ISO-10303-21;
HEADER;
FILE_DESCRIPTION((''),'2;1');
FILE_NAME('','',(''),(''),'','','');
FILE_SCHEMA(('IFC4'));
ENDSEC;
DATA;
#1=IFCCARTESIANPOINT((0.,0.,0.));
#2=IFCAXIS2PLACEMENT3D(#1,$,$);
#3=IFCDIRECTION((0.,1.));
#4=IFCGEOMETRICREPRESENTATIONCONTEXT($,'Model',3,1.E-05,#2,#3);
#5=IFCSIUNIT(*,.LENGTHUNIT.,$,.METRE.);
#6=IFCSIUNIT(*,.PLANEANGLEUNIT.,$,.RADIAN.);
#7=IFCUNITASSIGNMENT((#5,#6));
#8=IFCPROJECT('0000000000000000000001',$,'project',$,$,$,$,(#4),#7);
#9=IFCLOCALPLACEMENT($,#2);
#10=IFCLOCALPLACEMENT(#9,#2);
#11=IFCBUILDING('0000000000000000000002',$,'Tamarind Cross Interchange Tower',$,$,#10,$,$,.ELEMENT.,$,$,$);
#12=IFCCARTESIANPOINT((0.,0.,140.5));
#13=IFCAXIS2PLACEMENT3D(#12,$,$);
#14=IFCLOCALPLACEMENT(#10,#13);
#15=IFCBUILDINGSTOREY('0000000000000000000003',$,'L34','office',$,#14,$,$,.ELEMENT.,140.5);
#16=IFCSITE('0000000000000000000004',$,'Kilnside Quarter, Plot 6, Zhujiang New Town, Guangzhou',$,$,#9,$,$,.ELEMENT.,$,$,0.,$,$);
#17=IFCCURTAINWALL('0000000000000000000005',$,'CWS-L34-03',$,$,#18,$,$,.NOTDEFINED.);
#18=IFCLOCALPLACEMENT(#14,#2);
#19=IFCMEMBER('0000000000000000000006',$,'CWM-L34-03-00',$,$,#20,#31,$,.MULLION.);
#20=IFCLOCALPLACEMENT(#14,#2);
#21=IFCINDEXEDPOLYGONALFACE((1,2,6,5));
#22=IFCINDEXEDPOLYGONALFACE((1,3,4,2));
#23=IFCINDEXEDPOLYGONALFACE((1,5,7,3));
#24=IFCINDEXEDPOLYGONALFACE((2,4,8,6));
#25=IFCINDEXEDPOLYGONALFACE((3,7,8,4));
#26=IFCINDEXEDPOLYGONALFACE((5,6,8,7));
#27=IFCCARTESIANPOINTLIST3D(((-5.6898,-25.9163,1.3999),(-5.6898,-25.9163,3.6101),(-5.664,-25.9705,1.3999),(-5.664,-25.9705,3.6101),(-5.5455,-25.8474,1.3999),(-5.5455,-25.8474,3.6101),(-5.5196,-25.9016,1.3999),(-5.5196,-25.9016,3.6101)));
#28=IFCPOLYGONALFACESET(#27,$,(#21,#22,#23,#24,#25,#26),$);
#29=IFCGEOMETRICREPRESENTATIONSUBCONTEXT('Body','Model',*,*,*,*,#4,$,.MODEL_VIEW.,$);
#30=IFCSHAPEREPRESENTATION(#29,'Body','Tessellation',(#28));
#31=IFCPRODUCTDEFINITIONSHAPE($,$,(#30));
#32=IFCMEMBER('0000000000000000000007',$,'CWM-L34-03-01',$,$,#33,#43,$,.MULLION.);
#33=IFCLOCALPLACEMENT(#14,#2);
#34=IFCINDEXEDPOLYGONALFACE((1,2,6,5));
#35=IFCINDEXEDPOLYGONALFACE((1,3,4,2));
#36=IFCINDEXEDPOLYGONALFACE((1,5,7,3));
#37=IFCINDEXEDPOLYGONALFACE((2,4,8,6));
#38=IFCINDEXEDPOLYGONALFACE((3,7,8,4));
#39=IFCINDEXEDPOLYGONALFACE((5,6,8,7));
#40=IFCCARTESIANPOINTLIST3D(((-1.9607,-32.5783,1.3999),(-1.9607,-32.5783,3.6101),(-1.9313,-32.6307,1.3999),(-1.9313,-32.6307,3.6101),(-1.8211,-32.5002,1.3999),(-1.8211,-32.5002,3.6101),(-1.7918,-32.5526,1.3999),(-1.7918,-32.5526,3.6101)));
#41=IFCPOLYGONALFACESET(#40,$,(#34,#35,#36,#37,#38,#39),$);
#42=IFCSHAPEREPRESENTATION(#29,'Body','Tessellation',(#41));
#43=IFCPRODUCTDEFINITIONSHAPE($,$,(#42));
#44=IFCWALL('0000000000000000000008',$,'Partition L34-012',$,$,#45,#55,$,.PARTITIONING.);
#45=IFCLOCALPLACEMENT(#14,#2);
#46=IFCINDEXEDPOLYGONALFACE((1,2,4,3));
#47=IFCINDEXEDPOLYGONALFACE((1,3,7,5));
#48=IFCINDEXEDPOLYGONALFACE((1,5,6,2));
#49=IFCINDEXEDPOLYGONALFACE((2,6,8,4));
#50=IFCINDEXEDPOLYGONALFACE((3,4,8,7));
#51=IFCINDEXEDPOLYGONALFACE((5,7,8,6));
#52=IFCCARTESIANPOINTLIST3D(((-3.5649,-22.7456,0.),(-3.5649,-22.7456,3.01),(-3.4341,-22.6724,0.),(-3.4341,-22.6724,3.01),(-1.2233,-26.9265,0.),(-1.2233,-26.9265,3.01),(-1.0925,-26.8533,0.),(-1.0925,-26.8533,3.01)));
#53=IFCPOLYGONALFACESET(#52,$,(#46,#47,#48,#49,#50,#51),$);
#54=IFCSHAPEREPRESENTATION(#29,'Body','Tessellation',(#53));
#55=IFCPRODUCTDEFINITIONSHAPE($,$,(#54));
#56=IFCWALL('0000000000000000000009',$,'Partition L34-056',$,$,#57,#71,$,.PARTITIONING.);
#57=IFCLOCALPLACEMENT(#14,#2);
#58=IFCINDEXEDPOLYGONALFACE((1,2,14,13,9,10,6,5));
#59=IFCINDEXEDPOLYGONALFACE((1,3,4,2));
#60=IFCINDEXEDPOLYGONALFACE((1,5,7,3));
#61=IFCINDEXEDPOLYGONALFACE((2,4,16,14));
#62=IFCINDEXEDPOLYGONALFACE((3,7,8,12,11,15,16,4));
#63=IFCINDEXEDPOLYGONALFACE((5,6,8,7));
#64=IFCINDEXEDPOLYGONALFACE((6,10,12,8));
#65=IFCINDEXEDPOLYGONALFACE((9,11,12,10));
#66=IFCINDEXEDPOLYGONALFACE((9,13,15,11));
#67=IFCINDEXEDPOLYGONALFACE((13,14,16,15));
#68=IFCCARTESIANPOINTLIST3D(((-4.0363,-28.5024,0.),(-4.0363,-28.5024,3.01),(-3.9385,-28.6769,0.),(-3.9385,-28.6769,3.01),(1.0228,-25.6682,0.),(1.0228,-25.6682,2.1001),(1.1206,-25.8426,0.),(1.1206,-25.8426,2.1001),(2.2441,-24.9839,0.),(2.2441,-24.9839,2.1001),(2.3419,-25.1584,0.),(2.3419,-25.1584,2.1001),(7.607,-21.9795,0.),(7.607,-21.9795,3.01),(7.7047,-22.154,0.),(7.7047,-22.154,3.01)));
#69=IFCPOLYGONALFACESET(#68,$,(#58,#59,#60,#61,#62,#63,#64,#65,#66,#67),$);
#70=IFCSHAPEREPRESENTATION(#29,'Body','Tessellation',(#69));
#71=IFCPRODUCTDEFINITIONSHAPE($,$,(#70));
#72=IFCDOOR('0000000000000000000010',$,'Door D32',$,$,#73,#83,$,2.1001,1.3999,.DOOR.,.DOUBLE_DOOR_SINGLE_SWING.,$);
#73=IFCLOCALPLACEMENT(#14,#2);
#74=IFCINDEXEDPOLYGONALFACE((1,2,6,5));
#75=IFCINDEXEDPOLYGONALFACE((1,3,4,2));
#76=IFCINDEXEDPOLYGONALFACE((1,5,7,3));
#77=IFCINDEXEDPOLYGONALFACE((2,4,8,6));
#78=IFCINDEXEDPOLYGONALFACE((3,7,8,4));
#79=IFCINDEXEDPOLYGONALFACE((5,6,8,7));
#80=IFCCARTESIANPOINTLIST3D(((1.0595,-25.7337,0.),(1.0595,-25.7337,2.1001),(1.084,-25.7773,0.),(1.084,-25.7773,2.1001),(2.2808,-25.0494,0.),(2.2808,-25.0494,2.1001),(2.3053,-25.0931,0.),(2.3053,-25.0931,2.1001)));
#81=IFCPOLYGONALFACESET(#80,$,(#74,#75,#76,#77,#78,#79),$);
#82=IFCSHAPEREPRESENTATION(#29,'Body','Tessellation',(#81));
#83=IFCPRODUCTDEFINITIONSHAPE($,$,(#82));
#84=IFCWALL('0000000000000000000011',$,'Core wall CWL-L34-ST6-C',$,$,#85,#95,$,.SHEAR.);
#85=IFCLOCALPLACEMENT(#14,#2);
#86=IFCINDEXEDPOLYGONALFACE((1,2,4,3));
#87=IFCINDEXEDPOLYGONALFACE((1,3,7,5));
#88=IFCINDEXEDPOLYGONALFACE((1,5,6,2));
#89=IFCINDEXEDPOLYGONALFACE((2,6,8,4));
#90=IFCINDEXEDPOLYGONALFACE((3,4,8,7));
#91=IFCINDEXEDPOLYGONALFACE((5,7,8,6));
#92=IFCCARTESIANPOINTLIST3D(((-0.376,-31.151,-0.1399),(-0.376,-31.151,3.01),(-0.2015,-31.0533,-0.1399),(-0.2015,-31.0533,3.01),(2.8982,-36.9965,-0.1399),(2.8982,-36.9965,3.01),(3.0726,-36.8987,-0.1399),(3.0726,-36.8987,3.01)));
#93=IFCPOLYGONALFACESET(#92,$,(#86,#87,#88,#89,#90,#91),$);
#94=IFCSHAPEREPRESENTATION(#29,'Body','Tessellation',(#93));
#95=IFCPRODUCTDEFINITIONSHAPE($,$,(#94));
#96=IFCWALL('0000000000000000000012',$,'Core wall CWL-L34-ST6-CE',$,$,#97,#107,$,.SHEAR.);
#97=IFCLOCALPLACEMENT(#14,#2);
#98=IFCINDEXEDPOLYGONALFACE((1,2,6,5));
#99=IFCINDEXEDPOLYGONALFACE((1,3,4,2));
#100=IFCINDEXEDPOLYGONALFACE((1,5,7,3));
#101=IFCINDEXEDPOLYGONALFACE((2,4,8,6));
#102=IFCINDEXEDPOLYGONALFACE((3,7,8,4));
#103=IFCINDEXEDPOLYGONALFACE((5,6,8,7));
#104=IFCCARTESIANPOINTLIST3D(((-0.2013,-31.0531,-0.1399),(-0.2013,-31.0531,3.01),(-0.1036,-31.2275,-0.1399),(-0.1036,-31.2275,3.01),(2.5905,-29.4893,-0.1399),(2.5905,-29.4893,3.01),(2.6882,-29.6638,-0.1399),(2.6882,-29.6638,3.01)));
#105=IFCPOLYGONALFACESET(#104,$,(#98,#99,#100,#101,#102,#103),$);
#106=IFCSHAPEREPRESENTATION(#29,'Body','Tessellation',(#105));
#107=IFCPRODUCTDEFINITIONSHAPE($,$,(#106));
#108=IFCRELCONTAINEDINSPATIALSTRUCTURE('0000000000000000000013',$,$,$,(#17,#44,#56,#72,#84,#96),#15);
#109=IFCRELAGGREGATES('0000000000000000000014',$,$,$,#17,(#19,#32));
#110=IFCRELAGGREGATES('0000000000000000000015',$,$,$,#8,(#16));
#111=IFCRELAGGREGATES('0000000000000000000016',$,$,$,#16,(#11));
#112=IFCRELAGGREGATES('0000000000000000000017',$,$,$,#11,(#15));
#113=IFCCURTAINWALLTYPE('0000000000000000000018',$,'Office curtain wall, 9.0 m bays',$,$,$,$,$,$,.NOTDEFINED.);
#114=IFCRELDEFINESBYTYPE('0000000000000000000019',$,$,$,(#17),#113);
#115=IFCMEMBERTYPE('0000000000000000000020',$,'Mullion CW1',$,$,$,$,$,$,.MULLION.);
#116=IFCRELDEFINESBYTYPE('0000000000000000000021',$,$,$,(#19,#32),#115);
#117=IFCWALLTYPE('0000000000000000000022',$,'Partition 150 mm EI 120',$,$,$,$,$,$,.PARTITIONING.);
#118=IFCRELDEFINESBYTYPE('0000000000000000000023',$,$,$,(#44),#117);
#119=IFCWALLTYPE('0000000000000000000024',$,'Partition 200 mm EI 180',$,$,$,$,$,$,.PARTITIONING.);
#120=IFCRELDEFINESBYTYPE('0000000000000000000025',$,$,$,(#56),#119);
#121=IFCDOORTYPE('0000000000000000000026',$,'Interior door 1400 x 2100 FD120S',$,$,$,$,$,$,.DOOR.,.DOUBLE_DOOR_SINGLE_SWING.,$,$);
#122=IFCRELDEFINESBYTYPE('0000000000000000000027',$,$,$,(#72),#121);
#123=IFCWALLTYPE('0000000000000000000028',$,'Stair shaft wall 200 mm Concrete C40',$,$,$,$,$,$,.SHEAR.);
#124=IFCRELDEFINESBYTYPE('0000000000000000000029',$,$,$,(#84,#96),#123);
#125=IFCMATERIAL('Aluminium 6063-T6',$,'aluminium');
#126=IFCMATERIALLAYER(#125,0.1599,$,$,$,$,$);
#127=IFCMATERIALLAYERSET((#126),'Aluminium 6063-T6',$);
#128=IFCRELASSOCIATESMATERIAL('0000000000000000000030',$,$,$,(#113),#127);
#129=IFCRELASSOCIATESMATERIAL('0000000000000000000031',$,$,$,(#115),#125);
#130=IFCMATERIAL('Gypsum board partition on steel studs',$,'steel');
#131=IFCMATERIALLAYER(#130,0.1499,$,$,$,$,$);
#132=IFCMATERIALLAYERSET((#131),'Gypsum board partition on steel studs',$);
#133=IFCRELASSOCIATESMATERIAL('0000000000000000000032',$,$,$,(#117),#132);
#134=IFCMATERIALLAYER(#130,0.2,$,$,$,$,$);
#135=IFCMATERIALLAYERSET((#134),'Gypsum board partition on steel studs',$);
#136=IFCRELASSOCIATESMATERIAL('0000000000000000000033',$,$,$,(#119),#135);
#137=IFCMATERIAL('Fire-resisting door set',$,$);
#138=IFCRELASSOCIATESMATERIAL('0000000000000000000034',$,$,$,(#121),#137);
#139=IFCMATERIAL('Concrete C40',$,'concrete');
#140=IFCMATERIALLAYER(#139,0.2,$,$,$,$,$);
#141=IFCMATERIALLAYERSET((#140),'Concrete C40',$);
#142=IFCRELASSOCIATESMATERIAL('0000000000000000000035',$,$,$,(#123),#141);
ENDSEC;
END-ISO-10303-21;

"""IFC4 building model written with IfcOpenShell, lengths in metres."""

from ifc_helpers import new_model, si_unit, direction, frame, frame_2d, origin, origin_2d, place, context, subcontext, project, spatial, rectangle, extrude, material, layer, layer_set, material_profile, profile_set, type_object, element, fill, aggregate, save


model = new_model("IFC4")

# Units and contexts
model_context = context("Model", 3, precision=1e-05, world=origin(), true_north=direction((0.0, 1.0)))
body_context = subcontext(model_context, "Body", "Model", "MODEL_VIEW")
ifc_project = project(units=[si_unit("LENGTHUNIT", "METRE"), si_unit("PLANEANGLEUNIT", "RADIAN")], contexts=[model_context])

# Site, building, storey
site_placement = place(None, origin())
site = spatial("IfcSite", under=ifc_project, at=site_placement, Name="Kilnside Quarter, Plot 6, Zhujiang New Town, Guangzhou", CompositionType="ELEMENT", RefElevation=0.0)
building_placement = place(site_placement, origin())
building = spatial("IfcBuilding", under=site, at=building_placement, Name="Tamarind Cross Interchange Tower", CompositionType="ELEMENT")
storey_placement = place(building_placement, frame((0.0, 0.0, 140.5)))
storey = spatial("IfcBuildingStorey", under=building, at=storey_placement, Name="L34", Description="office", CompositionType="ELEMENT", Elevation=140.5)

# Curtain wall, members
ifc_material_1 = material(Name="Aluminium 6063-T6", Category="aluminium")
ifc_layer_1 = layer(ifc_material_1, 0.1599)
ifc_layer_set_1 = layer_set([ifc_layer_1], Name="Aluminium 6063-T6")
curtain_wall_type = type_object("IfcCurtainWallType", Name="Office curtain wall, 9.0 m bays", PredefinedType="NOTDEFINED", material=ifc_layer_set_1)
curtain_wall_placement = place(storey_placement, origin())
curtain_wall = element("IfcCurtainWall", 1, at=curtain_wall_placement, inside=storey, type_object=curtain_wall_type, Name="CWS-L34-03", PredefinedType="NOTDEFINED")
ifc_material_profile_1 = material_profile(ifc_material_1, rectangle(XDim=0.0601, YDim=0.1599, at=origin_2d()), Name="Mullion CW1")
ifc_profile_set_1 = profile_set([ifc_material_profile_1], Name="Aluminium 6063-T6")
member_type = type_object("IfcMemberType", Name="Mullion CW1", PredefinedType="MULLION", material=ifc_profile_set_1)
member_1_placement = place(storey_placement, frame((-5.6047, -25.9089, 1.3999), z_axis=(0.0, 0.0, 1.0), x_axis=(0.43058, -0.902552, 0.0)))
member_1 = element("IfcMember", 2, at=member_1_placement, type_object=member_type, Name="CWM-L34-03-00", PredefinedType="MULLION", context=body_context, shape_type="SweptSolid", body=[
    extrude(rectangle(XDim=0.0601, YDim=0.1599, at=origin_2d()), origin(), (0.0, 0.0, 1.0), 2.2102),
])
member_2_placement = place(storey_placement, frame((-1.8762, -32.5654, 1.3999), z_axis=(0.0, 0.0, 1.0), x_axis=(0.488688, -0.872458, 0.0)))
member_2 = element("IfcMember", 3, at=member_2_placement, type_object=member_type, Name="CWM-L34-03-01", PredefinedType="MULLION", context=body_context, shape_type="SweptSolid", body=[
    extrude(rectangle(XDim=0.0601, YDim=0.1599, at=origin_2d()), origin(), (0.0, 0.0, 1.0), 2.2102),
])
aggregate(curtain_wall, [member_1, member_2])

# Wall
ifc_material_2 = material(Name="Gypsum board partition on steel studs", Category="steel")
ifc_layer_2 = layer(ifc_material_2, 0.1499)
ifc_layer_set_2 = layer_set([ifc_layer_2], Name="Gypsum board partition on steel studs")
wall_type_1 = type_object("IfcWallType", Name="Partition 150 mm EI 120", PredefinedType="PARTITIONING", material=ifc_layer_set_2)
wall_1_placement = place(storey_placement, frame((-3.4995, -22.709, 0.0), z_axis=(0.0, 0.0, 1.0), x_axis=(0.488642, -0.872484, 0.0)))
element("IfcWall", 4, at=wall_1_placement, inside=storey, type_object=wall_type_1, Name="Partition L34-012", PredefinedType="PARTITIONING", context=body_context, shape_type="SweptSolid", body=[
    extrude(rectangle(XDim=4.792, YDim=0.1499, at=frame_2d((2.396, 0.0))), origin(), (0.0, 0.0, 1.0), 3.01),
])

# Wall, opening, door
ifc_layer_3 = layer(ifc_material_2, 0.2)
ifc_layer_set_3 = layer_set([ifc_layer_3], Name="Gypsum board partition on steel studs")
wall_type_2 = type_object("IfcWallType", Name="Partition 200 mm EI 180", PredefinedType="PARTITIONING", material=ifc_layer_set_3)
wall_2_placement = place(storey_placement, frame((-3.9873, -28.5896, 0.0), z_axis=(0.0, 0.0, 1.0), x_axis=(0.87242, 0.488757, 0.0)))
wall_2 = element("IfcWall", 5, at=wall_2_placement, inside=storey, type_object=wall_type_2, Name="Partition L34-056", PredefinedType="PARTITIONING", context=body_context, shape_type="SweptSolid", body=[
    extrude(rectangle(XDim=13.3459, YDim=0.2, at=frame_2d((6.6729, 0.0))), origin(), (0.0, 0.0, 1.0), 3.01),
])
opening_placement = place(wall_2_placement, frame((5.7988, 0.0, 0.0)))
opening = element("IfcOpeningElement", 6, at=opening_placement, cuts=wall_2, PredefinedType="OPENING", context=body_context, shape_type="SweptSolid", body=[
    extrude(rectangle(XDim=1.3999, YDim=2.1001, at=frame_2d((0.7, 1.05))), frame((0.0, 0.1099, 0.0), z_axis=(0.0, -1.0, 0.0), x_axis=(1.0, 0.0, 0.0)), (0.0, 0.0, 1.0), 0.22),
])
ifc_material_3 = material(Name="Fire-resisting door set")
door_type = type_object("IfcDoorType", Name="Interior door 1400 x 2100 FD120S", OperationType="DOUBLE_DOOR_SINGLE_SWING", PredefinedType="DOOR", material=ifc_material_3)
door_placement = place(opening_placement, origin())
door = element("IfcDoor", 7, at=door_placement, inside=storey, type_object=door_type, Name="Door D32", OperationType="DOUBLE_DOOR_SINGLE_SWING", OverallHeight=2.1001, OverallWidth=1.3999, PredefinedType="DOOR", context=body_context, shape_type="SweptSolid", body=[
    extrude(rectangle(XDim=1.3999, YDim=2.1001, at=frame_2d((0.7, 1.05))), frame((0.0, 0.0249, 0.0), z_axis=(0.0, -1.0, 0.0), x_axis=(1.0, 0.0, 0.0)), (0.0, 0.0, 1.0), 0.05),
])
fill(opening, door)

# Walls
ifc_material_4 = material(Name="Concrete C40", Category="concrete")
ifc_layer_4 = layer(ifc_material_4, 0.2)
ifc_layer_set_4 = layer_set([ifc_layer_4], Name="Concrete C40")
wall_type_3 = type_object("IfcWallType", Name="Stair shaft wall 200 mm Concrete C40", PredefinedType="SHEAR", material=ifc_layer_set_4)
wall_3_placement = place(storey_placement, frame((-0.2888, -31.1021, -0.1399), z_axis=(0.0, 0.0, 1.0), x_axis=(0.488684, -0.872461, 0.0)))
element("IfcWall", 8, at=wall_3_placement, inside=storey, type_object=wall_type_3, Name="Core wall CWL-L34-ST6-C", PredefinedType="SHEAR", context=body_context, shape_type="SweptSolid", body=[
    extrude(rectangle(XDim=6.7, YDim=0.2, at=frame_2d((3.3501, 0.0))), origin(), (0.0, 0.0, 1.0), 3.1499),
])
wall_4_placement = place(storey_placement, frame((-0.1526, -31.1404, -0.1399), z_axis=(0.0, 0.0, 1.0), x_axis=(0.87246, 0.488685, 0.0)))
element("IfcWall", 9, at=wall_4_placement, inside=storey, type_object=wall_type_3, Name="Core wall CWL-L34-ST6-CE", PredefinedType="SHEAR", context=body_context, shape_type="SweptSolid", body=[
    extrude(rectangle(XDim=3.2, YDim=0.2, at=frame_2d((1.6001, 0.0))), origin(), (0.0, 0.0, 1.0), 3.1499),
])

save(model, "model.ifc")
